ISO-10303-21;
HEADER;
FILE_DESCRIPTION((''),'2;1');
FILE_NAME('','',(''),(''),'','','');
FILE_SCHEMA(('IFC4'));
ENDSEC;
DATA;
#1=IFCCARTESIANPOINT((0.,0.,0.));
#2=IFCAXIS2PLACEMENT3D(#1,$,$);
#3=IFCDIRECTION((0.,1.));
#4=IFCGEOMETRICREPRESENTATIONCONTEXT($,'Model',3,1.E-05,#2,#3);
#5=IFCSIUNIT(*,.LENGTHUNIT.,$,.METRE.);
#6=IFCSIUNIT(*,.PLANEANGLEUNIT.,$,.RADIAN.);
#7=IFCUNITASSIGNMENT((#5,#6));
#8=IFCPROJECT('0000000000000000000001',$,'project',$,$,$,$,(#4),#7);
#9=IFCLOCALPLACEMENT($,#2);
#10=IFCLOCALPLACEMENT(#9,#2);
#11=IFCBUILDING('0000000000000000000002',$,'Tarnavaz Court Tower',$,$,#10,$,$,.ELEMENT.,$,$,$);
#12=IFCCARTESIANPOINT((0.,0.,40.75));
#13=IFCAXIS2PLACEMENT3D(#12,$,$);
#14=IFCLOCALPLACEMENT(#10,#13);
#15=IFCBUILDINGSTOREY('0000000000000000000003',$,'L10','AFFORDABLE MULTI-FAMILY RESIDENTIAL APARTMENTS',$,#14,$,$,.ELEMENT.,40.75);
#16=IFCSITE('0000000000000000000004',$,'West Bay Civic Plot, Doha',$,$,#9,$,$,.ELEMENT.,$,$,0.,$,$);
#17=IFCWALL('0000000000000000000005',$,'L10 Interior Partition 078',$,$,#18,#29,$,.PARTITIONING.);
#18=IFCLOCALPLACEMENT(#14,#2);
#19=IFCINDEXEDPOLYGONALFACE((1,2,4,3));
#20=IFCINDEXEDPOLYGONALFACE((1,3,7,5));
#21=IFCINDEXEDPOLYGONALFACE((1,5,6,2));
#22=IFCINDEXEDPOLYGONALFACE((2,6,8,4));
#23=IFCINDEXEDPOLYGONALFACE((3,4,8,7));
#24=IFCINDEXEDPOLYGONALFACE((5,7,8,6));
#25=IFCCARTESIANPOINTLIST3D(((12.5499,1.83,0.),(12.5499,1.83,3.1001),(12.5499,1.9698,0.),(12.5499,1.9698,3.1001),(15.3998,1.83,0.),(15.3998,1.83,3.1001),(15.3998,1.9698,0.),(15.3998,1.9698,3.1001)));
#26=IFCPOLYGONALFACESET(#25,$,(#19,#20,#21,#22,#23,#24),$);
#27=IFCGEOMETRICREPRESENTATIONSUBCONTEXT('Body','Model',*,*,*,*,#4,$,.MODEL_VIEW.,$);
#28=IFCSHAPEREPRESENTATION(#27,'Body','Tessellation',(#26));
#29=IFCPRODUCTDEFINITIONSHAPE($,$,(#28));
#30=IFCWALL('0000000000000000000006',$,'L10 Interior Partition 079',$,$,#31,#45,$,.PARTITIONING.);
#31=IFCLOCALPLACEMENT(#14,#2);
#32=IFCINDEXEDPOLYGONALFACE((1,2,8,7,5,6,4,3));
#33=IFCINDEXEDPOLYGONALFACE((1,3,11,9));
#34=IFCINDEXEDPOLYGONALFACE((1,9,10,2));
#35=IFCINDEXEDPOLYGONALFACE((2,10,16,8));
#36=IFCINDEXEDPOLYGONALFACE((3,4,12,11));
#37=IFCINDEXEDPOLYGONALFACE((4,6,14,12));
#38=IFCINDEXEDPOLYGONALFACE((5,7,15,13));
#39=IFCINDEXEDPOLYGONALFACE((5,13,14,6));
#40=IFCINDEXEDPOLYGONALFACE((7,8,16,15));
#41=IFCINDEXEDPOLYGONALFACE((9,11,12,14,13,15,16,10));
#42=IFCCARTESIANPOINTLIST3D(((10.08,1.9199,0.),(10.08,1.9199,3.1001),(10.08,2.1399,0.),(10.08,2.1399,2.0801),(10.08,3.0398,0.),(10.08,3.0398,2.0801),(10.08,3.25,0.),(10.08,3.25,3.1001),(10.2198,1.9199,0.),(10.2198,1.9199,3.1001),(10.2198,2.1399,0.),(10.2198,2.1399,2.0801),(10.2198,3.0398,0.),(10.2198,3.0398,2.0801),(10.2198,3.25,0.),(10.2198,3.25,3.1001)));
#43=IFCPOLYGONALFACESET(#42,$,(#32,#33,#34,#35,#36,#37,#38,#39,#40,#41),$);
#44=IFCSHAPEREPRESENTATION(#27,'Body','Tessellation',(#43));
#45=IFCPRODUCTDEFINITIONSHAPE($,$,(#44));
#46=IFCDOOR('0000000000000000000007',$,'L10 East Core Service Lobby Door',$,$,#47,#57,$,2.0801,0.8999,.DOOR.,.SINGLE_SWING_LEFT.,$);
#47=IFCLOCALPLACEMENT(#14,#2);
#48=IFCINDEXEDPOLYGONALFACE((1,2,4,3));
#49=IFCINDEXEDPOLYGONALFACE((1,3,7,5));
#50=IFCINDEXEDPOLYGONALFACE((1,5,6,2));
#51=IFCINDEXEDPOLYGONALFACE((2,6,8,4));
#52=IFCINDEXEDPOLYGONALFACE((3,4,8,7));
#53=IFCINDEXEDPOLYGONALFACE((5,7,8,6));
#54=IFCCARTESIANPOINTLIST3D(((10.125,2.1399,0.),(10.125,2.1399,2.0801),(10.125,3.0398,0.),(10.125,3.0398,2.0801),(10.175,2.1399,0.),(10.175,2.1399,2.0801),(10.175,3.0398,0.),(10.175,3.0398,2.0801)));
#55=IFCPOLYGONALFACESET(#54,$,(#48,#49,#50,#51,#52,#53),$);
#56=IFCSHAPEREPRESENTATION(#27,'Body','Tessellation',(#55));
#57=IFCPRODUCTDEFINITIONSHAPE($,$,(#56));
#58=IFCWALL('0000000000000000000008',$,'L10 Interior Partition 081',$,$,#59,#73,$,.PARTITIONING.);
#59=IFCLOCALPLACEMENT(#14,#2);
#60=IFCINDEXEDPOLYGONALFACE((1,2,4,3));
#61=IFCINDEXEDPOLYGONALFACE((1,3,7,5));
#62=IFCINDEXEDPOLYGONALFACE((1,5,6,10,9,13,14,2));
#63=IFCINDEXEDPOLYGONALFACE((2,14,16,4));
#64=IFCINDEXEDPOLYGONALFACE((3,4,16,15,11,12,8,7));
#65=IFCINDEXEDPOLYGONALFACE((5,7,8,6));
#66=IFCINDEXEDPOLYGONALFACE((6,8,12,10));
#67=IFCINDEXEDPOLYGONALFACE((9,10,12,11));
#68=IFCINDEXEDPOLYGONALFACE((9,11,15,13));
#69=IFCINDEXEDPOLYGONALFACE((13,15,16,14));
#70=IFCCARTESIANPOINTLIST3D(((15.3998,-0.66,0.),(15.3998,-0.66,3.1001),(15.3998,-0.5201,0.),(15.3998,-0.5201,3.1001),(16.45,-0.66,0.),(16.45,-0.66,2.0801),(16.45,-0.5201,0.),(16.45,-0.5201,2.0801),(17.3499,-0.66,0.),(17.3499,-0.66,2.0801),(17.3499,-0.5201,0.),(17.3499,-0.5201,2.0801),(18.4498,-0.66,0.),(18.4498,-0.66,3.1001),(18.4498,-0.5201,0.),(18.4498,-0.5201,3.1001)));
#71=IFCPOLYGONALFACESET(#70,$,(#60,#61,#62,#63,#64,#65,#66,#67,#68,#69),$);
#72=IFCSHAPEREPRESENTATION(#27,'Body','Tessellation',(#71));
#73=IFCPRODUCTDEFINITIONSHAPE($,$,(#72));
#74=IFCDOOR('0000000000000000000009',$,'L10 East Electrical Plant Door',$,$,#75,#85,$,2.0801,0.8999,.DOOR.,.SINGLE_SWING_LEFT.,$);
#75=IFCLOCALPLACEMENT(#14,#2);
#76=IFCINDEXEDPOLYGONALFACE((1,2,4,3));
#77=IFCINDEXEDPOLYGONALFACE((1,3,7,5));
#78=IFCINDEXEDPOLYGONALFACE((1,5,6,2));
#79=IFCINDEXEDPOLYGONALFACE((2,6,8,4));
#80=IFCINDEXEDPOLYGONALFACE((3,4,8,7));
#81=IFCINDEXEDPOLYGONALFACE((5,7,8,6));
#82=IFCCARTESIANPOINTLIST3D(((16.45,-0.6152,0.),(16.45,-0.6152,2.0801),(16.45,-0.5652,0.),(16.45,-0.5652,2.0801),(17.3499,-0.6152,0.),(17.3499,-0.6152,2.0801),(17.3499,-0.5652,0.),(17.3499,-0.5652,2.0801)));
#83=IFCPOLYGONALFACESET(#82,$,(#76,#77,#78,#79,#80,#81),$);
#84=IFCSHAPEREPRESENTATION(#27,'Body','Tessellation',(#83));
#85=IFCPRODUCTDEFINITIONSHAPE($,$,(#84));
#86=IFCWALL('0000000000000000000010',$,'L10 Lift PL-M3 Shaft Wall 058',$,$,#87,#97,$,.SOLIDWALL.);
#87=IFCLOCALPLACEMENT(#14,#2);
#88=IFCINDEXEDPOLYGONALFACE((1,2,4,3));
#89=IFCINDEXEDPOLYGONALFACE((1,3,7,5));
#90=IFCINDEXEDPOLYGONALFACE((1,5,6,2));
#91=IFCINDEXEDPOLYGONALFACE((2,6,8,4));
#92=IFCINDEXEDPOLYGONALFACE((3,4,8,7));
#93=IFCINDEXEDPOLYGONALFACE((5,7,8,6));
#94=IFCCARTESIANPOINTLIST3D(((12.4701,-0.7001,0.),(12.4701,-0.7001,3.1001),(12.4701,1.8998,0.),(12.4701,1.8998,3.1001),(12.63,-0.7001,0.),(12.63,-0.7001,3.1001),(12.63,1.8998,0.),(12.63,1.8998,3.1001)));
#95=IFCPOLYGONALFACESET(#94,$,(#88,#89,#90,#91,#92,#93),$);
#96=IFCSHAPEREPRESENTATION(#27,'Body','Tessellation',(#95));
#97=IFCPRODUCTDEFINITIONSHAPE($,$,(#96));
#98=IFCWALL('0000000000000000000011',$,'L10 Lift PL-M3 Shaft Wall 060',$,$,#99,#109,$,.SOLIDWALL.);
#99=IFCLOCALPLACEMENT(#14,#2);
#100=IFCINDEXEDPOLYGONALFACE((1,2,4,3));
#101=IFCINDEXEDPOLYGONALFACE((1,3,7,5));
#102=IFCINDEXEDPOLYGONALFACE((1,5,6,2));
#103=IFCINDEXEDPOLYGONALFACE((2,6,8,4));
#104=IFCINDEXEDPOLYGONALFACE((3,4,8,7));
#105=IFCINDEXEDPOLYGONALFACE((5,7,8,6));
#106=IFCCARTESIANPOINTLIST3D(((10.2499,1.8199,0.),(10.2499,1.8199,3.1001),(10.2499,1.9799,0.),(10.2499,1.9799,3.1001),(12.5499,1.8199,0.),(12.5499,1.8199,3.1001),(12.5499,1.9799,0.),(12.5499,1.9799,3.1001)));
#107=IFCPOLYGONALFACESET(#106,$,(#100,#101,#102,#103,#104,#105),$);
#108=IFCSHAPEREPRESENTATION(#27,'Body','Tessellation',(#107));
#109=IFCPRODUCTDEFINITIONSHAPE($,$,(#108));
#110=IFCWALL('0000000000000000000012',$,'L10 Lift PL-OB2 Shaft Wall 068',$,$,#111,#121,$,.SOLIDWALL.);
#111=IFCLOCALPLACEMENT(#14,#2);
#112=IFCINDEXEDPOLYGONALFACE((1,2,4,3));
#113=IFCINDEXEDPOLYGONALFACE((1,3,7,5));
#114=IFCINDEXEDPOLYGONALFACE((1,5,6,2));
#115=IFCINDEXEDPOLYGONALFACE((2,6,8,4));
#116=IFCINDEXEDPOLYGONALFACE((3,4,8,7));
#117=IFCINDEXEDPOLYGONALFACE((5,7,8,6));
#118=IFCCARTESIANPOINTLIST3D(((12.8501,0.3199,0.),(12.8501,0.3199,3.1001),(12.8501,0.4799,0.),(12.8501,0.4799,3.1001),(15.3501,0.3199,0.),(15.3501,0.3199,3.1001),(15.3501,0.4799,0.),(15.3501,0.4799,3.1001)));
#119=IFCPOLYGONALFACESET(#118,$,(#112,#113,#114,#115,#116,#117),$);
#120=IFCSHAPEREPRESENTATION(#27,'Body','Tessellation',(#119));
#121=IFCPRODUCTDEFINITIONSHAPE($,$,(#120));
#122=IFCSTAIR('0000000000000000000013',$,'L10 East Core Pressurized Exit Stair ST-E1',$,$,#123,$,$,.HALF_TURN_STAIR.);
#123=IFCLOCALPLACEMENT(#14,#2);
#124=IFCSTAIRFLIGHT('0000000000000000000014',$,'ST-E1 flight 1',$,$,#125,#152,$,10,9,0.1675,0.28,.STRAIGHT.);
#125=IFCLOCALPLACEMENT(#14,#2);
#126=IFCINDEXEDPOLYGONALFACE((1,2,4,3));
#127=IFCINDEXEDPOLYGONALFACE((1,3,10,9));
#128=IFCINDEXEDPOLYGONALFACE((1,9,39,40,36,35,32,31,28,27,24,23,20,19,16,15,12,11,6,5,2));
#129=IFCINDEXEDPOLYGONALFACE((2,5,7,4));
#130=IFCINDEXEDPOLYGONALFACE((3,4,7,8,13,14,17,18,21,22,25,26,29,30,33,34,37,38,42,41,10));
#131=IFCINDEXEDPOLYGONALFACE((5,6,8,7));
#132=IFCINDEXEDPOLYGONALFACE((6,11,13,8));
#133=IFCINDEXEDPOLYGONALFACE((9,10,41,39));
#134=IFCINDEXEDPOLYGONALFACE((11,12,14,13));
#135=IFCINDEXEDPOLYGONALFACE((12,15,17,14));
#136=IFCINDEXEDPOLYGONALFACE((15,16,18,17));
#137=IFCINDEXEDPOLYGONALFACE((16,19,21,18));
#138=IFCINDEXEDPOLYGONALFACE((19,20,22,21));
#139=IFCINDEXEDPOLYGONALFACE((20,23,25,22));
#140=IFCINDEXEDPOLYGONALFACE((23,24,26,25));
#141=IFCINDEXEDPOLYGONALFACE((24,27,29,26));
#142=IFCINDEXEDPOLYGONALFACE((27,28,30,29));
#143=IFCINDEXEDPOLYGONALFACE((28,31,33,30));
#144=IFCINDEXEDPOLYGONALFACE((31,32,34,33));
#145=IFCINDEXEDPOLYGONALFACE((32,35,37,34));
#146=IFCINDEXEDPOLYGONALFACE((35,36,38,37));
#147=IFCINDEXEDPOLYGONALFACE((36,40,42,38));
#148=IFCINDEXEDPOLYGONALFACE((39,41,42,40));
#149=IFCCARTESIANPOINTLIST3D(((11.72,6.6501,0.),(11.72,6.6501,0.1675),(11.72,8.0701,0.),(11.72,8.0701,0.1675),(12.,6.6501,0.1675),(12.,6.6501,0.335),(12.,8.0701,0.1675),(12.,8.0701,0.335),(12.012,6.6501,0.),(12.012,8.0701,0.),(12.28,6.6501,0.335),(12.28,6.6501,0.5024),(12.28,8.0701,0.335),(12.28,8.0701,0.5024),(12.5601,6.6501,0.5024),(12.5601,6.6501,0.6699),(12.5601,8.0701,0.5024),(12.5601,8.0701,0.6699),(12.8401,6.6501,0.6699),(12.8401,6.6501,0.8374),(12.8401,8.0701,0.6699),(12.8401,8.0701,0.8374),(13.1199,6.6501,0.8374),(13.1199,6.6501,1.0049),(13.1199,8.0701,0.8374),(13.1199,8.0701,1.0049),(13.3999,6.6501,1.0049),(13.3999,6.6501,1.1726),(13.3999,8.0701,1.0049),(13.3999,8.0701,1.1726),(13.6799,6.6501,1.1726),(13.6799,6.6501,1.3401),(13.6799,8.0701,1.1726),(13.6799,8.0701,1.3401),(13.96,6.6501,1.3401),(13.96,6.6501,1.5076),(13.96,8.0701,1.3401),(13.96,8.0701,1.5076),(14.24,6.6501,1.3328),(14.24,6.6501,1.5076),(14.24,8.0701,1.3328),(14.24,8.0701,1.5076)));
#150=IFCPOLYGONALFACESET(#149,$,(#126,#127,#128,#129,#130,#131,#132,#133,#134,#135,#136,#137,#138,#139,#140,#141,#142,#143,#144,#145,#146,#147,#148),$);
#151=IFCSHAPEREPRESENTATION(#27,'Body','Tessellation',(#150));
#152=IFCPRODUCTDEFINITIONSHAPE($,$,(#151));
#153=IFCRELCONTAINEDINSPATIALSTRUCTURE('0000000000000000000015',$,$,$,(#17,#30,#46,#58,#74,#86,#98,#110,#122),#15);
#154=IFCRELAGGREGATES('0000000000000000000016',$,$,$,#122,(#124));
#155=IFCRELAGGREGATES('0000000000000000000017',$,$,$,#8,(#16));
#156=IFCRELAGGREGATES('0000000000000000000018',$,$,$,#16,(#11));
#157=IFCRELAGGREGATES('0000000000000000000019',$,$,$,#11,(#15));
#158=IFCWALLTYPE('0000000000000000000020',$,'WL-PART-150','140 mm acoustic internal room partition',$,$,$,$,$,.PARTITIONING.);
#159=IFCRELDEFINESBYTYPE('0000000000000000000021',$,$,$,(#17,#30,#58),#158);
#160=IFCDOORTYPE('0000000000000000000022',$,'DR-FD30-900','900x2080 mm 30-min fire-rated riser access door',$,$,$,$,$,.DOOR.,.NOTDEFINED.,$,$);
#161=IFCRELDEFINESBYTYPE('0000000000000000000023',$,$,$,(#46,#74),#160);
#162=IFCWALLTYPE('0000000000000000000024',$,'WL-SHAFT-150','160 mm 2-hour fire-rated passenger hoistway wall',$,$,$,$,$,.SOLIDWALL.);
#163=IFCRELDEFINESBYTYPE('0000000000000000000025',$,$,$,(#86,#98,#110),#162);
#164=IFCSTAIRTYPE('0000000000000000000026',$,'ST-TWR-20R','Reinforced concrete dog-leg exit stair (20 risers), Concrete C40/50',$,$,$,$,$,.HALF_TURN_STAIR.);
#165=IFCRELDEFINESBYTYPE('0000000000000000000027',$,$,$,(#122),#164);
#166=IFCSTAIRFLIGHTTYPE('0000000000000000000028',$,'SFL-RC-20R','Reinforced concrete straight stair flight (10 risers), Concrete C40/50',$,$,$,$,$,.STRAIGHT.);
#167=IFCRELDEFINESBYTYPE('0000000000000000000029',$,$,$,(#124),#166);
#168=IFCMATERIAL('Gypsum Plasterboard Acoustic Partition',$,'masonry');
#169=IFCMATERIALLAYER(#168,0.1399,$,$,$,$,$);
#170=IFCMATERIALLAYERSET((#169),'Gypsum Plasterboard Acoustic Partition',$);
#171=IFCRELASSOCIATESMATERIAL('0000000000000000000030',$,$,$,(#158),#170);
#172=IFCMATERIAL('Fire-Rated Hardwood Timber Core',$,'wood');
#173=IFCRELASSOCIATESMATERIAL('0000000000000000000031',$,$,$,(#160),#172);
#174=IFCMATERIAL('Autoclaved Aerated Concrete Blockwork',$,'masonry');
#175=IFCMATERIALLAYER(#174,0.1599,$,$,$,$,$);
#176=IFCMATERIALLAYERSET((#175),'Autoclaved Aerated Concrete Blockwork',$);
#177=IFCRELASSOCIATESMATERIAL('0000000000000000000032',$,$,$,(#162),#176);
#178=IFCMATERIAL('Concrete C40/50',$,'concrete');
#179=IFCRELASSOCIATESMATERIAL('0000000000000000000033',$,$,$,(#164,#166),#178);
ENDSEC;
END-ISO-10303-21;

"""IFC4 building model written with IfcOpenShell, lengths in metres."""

from ifc_helpers import new_model, si_unit, direction, frame, frame_2d, origin, place, context, subcontext, project, spatial, polyline, rectangle, outline, extrude, material, layer, layer_set, type_object, element, fill, aggregate, save


model = new_model("IFC4")

# Units and contexts
model_context = context("Model", 3, precision=1e-05, world=origin(), true_north=direction((0.0, 1.0)))
body_context = subcontext(model_context, "Body", "Model", "MODEL_VIEW")
ifc_project = project(units=[si_unit("LENGTHUNIT", "METRE"), si_unit("PLANEANGLEUNIT", "RADIAN")], contexts=[model_context])

# Site, building, storey
site_placement = place(None, origin())
site = spatial("IfcSite", under=ifc_project, at=site_placement, Name="West Bay Civic Plot, Doha", CompositionType="ELEMENT", RefElevation=0.0)
building_placement = place(site_placement, origin())
building = spatial("IfcBuilding", under=site, at=building_placement, Name="Tarnavaz Court Tower", CompositionType="ELEMENT")
storey_placement = place(building_placement, frame((0.0, 0.0, 40.75)))
storey = spatial("IfcBuildingStorey", under=building, at=storey_placement, Name="L10", Description="AFFORDABLE MULTI-FAMILY RESIDENTIAL APARTMENTS", CompositionType="ELEMENT", Elevation=40.75)

# Shared definitions
ifc_material_1 = material(Name="Autoclaved Aerated Concrete Blockwork", Category="masonry")

# Shared definitions
ifc_material_2 = material(Name="Fire-Rated Hardwood Timber Core", Category="wood")

# Wall
ifc_material_3 = material(Name="Gypsum Plasterboard Acoustic Partition", Category="masonry")
ifc_layer_1 = layer(ifc_material_3, 0.1399)
ifc_layer_set_1 = layer_set([ifc_layer_1], Name="Gypsum Plasterboard Acoustic Partition")
wall_type_1 = type_object("IfcWallType", Name="WL-PART-150", Description="140 mm acoustic internal room partition", PredefinedType="PARTITIONING", material=ifc_layer_set_1)
wall_1_placement = place(storey_placement, frame((12.55, 1.8999, 0.0), z_axis=(0.0, 0.0, 1.0), x_axis=(1.0, 0.0, 0.0)))
element("IfcWall", 1, at=wall_1_placement, inside=storey, type_object=wall_type_1, Name="L10 Interior Partition 078", PredefinedType="PARTITIONING", context=body_context, shape_type="SweptSolid", body=[
    extrude(rectangle(XDim=2.8499, YDim=0.1399, at=frame_2d((1.4248, 0.0))), origin(), (0.0, 0.0, 1.0), 3.1001),
])

# Walls, openings, doors
wall_2_placement = place(storey_placement, frame((10.1499, 1.9199, 0.0), z_axis=(0.0, 0.0, 1.0), x_axis=(0.0, 1.0, 0.0)))
wall_2 = element("IfcWall", 2, at=wall_2_placement, inside=storey, type_object=wall_type_1, Name="L10 Interior Partition 079", PredefinedType="PARTITIONING", context=body_context, shape_type="SweptSolid", body=[
    extrude(rectangle(XDim=1.3301, YDim=0.1399, at=frame_2d((0.665, 0.0))), origin(), (0.0, 0.0, 1.0), 3.1001),
])
opening_1_placement = place(wall_2_placement, frame((0.22, 0.0, 0.0)))
opening_1 = element("IfcOpeningElement", 3, at=opening_1_placement, cuts=wall_2, PredefinedType="OPENING", context=body_context, shape_type="SweptSolid", body=[
    extrude(rectangle(XDim=0.8999, YDim=2.0801, at=frame_2d((0.45, 1.04))), frame((0.0, 0.0798, 0.0), z_axis=(0.0, -1.0, 0.0), x_axis=(1.0, 0.0, 0.0)), (0.0, 0.0, 1.0), 0.1599),
])
door_type_1 = type_object("IfcDoorType", Name="DR-FD30-900", Description="900x2080 mm 30-min fire-rated riser access door", OperationType="NOTDEFINED", PredefinedType="DOOR", material=ifc_material_2)
door_1_placement = place(opening_1_placement, origin())
door_1 = element("IfcDoor", 4, at=door_1_placement, inside=storey, type_object=door_type_1, Name="L10 East Core Service Lobby Door", OperationType="SINGLE_SWING_LEFT", OverallHeight=2.0801, OverallWidth=0.8999, PredefinedType="DOOR", context=body_context, shape_type="SweptSolid", body=[
    extrude(rectangle(XDim=0.8999, YDim=2.0801, at=frame_2d((0.45, 1.04))), frame((0.0, 0.0249, 0.0), z_axis=(0.0, -1.0, 0.0), x_axis=(1.0, 0.0, 0.0)), (0.0, 0.0, 1.0), 0.05),
])
fill(opening_1, door_1)
wall_3_placement = place(storey_placement, frame((15.3999, -0.5901, 0.0), z_axis=(0.0, 0.0, 1.0), x_axis=(1.0, 0.0, 0.0)))
wall_3 = element("IfcWall", 5, at=wall_3_placement, inside=storey, type_object=wall_type_1, Name="L10 Interior Partition 081", PredefinedType="PARTITIONING", context=body_context, shape_type="SweptSolid", body=[
    extrude(rectangle(XDim=3.05, YDim=0.1399, at=frame_2d((1.5249, 0.0))), origin(), (0.0, 0.0, 1.0), 3.1001),
])
opening_2_placement = place(wall_3_placement, frame((1.05, 0.0, 0.0)))
opening_2 = element("IfcOpeningElement", 6, at=opening_2_placement, cuts=wall_3, PredefinedType="OPENING", context=body_context, shape_type="SweptSolid", body=[
    extrude(rectangle(XDim=0.8999, YDim=2.0801, at=frame_2d((0.45, 1.04))), frame((0.0, 0.0798, 0.0), z_axis=(0.0, -1.0, 0.0), x_axis=(1.0, 0.0, 0.0)), (0.0, 0.0, 1.0), 0.1599),
])
door_2_placement = place(opening_2_placement, origin())
door_2 = element("IfcDoor", 7, at=door_2_placement, inside=storey, type_object=door_type_1, Name="L10 East Electrical Plant Door", OperationType="SINGLE_SWING_LEFT", OverallHeight=2.0801, OverallWidth=0.8999, PredefinedType="DOOR", context=body_context, shape_type="SweptSolid", body=[
    extrude(rectangle(XDim=0.8999, YDim=2.0801, at=frame_2d((0.45, 1.04))), frame((0.0, 0.0249, 0.0), z_axis=(0.0, -1.0, 0.0), x_axis=(1.0, 0.0, 0.0)), (0.0, 0.0, 1.0), 0.05),
])
fill(opening_2, door_2)

# Walls
ifc_layer_2 = layer(ifc_material_1, 0.1599)
ifc_layer_set_2 = layer_set([ifc_layer_2], Name="Autoclaved Aerated Concrete Blockwork")
wall_type_2 = type_object("IfcWallType", Name="WL-SHAFT-150", Description="160 mm 2-hour fire-rated passenger hoistway wall", PredefinedType="SOLIDWALL", material=ifc_layer_set_2)
wall_4_placement = place(storey_placement, frame((12.55, -0.7, 0.0), z_axis=(0.0, 0.0, 1.0), x_axis=(0.0, 1.0, 0.0)))
element("IfcWall", 8, at=wall_4_placement, inside=storey, type_object=wall_type_2, Name="L10 Lift PL-M3 Shaft Wall 058", PredefinedType="SOLIDWALL", context=body_context, shape_type="SweptSolid", body=[
    extrude(rectangle(XDim=2.5999, YDim=0.1599, at=frame_2d((1.2998, 0.0))), origin(), (0.0, 0.0, 1.0), 3.1001),
])
wall_5_placement = place(storey_placement, frame((10.25, 1.8999, 0.0), z_axis=(0.0, 0.0, 1.0), x_axis=(1.0, 0.0, 0.0)))
element("IfcWall", 9, at=wall_5_placement, inside=storey, type_object=wall_type_2, Name="L10 Lift PL-M3 Shaft Wall 060", PredefinedType="SOLIDWALL", context=body_context, shape_type="SweptSolid", body=[
    extrude(rectangle(XDim=2.3, YDim=0.1599, at=frame_2d((1.1499, 0.0))), origin(), (0.0, 0.0, 1.0), 3.1001),
])
wall_6_placement = place(storey_placement, frame((12.8501, 0.3999, 0.0), z_axis=(0.0, 0.0, 1.0), x_axis=(1.0, 0.0, 0.0)))
element("IfcWall", 10, at=wall_6_placement, inside=storey, type_object=wall_type_2, Name="L10 Lift PL-OB2 Shaft Wall 068", PredefinedType="SOLIDWALL", context=body_context, shape_type="SweptSolid", body=[
    extrude(rectangle(XDim=2.5, YDim=0.1599, at=frame_2d((1.25, 0.0))), origin(), (0.0, 0.0, 1.0), 3.1001),
])

# Stair, stair flight
ifc_material_4 = material(Name="Concrete C40/50", Category="concrete")
stair_type = type_object("IfcStairType", Name="ST-TWR-20R", Description="Reinforced concrete dog-leg exit stair (20 risers), Concrete C40/50", PredefinedType="HALF_TURN_STAIR", material=ifc_material_4)
stair_placement = place(storey_placement, origin())
stair = element("IfcStair", 11, at=stair_placement, inside=storey, type_object=stair_type, Name="L10 East Core Pressurized Exit Stair ST-E1", PredefinedType="HALF_TURN_STAIR")
stair_flight_type = type_object("IfcStairFlightType", Name="SFL-RC-20R", Description="Reinforced concrete straight stair flight (10 risers), Concrete C40/50", PredefinedType="STRAIGHT", material=ifc_material_4)
stair_flight_placement = place(storey_placement, frame((11.72, 7.3601, 0.0), z_axis=(0.0, 0.0, 1.0), x_axis=(1.0, 0.0, 0.0)))
stair_flight = element("IfcStairFlight", 12, at=stair_flight_placement, type_object=stair_flight_type, Name="ST-E1 flight 1", NumberOfRisers=10, NumberOfTreads=9, PredefinedType="STRAIGHT", RiserHeight=0.1675, TreadLength=0.28, context=body_context, shape_type="SweptSolid", body=[
    extrude(outline(polyline([(0.0, 0.0), (0.0, 0.1675), (0.28, 0.1675), (0.28, 0.335), (0.5601, 0.335), (0.5601, 0.5024), (0.8401, 0.5024), (0.8401, 0.6699), (1.1201, 0.6699), (1.1201, 0.8374), (1.3999, 0.8374), (1.3999, 1.0049), (1.6799, 1.0049), (1.6799, 1.1726), (1.96, 1.1726), (1.96, 1.3401), (2.24, 1.3401), (2.24, 1.5076), (2.52, 1.5076), (2.52, 1.675), (2.52, 1.3328), (0.292, 0.0), (0.0, 0.0)])), frame((0.0, 0.71, 0.0), z_axis=(0.0, -1.0, 0.0), x_axis=(1.0, 0.0, 0.0)), (0.0, 0.0, 1.0), 1.4199),
])
aggregate(stair, [stair_flight])

save(model, "model.ifc")
